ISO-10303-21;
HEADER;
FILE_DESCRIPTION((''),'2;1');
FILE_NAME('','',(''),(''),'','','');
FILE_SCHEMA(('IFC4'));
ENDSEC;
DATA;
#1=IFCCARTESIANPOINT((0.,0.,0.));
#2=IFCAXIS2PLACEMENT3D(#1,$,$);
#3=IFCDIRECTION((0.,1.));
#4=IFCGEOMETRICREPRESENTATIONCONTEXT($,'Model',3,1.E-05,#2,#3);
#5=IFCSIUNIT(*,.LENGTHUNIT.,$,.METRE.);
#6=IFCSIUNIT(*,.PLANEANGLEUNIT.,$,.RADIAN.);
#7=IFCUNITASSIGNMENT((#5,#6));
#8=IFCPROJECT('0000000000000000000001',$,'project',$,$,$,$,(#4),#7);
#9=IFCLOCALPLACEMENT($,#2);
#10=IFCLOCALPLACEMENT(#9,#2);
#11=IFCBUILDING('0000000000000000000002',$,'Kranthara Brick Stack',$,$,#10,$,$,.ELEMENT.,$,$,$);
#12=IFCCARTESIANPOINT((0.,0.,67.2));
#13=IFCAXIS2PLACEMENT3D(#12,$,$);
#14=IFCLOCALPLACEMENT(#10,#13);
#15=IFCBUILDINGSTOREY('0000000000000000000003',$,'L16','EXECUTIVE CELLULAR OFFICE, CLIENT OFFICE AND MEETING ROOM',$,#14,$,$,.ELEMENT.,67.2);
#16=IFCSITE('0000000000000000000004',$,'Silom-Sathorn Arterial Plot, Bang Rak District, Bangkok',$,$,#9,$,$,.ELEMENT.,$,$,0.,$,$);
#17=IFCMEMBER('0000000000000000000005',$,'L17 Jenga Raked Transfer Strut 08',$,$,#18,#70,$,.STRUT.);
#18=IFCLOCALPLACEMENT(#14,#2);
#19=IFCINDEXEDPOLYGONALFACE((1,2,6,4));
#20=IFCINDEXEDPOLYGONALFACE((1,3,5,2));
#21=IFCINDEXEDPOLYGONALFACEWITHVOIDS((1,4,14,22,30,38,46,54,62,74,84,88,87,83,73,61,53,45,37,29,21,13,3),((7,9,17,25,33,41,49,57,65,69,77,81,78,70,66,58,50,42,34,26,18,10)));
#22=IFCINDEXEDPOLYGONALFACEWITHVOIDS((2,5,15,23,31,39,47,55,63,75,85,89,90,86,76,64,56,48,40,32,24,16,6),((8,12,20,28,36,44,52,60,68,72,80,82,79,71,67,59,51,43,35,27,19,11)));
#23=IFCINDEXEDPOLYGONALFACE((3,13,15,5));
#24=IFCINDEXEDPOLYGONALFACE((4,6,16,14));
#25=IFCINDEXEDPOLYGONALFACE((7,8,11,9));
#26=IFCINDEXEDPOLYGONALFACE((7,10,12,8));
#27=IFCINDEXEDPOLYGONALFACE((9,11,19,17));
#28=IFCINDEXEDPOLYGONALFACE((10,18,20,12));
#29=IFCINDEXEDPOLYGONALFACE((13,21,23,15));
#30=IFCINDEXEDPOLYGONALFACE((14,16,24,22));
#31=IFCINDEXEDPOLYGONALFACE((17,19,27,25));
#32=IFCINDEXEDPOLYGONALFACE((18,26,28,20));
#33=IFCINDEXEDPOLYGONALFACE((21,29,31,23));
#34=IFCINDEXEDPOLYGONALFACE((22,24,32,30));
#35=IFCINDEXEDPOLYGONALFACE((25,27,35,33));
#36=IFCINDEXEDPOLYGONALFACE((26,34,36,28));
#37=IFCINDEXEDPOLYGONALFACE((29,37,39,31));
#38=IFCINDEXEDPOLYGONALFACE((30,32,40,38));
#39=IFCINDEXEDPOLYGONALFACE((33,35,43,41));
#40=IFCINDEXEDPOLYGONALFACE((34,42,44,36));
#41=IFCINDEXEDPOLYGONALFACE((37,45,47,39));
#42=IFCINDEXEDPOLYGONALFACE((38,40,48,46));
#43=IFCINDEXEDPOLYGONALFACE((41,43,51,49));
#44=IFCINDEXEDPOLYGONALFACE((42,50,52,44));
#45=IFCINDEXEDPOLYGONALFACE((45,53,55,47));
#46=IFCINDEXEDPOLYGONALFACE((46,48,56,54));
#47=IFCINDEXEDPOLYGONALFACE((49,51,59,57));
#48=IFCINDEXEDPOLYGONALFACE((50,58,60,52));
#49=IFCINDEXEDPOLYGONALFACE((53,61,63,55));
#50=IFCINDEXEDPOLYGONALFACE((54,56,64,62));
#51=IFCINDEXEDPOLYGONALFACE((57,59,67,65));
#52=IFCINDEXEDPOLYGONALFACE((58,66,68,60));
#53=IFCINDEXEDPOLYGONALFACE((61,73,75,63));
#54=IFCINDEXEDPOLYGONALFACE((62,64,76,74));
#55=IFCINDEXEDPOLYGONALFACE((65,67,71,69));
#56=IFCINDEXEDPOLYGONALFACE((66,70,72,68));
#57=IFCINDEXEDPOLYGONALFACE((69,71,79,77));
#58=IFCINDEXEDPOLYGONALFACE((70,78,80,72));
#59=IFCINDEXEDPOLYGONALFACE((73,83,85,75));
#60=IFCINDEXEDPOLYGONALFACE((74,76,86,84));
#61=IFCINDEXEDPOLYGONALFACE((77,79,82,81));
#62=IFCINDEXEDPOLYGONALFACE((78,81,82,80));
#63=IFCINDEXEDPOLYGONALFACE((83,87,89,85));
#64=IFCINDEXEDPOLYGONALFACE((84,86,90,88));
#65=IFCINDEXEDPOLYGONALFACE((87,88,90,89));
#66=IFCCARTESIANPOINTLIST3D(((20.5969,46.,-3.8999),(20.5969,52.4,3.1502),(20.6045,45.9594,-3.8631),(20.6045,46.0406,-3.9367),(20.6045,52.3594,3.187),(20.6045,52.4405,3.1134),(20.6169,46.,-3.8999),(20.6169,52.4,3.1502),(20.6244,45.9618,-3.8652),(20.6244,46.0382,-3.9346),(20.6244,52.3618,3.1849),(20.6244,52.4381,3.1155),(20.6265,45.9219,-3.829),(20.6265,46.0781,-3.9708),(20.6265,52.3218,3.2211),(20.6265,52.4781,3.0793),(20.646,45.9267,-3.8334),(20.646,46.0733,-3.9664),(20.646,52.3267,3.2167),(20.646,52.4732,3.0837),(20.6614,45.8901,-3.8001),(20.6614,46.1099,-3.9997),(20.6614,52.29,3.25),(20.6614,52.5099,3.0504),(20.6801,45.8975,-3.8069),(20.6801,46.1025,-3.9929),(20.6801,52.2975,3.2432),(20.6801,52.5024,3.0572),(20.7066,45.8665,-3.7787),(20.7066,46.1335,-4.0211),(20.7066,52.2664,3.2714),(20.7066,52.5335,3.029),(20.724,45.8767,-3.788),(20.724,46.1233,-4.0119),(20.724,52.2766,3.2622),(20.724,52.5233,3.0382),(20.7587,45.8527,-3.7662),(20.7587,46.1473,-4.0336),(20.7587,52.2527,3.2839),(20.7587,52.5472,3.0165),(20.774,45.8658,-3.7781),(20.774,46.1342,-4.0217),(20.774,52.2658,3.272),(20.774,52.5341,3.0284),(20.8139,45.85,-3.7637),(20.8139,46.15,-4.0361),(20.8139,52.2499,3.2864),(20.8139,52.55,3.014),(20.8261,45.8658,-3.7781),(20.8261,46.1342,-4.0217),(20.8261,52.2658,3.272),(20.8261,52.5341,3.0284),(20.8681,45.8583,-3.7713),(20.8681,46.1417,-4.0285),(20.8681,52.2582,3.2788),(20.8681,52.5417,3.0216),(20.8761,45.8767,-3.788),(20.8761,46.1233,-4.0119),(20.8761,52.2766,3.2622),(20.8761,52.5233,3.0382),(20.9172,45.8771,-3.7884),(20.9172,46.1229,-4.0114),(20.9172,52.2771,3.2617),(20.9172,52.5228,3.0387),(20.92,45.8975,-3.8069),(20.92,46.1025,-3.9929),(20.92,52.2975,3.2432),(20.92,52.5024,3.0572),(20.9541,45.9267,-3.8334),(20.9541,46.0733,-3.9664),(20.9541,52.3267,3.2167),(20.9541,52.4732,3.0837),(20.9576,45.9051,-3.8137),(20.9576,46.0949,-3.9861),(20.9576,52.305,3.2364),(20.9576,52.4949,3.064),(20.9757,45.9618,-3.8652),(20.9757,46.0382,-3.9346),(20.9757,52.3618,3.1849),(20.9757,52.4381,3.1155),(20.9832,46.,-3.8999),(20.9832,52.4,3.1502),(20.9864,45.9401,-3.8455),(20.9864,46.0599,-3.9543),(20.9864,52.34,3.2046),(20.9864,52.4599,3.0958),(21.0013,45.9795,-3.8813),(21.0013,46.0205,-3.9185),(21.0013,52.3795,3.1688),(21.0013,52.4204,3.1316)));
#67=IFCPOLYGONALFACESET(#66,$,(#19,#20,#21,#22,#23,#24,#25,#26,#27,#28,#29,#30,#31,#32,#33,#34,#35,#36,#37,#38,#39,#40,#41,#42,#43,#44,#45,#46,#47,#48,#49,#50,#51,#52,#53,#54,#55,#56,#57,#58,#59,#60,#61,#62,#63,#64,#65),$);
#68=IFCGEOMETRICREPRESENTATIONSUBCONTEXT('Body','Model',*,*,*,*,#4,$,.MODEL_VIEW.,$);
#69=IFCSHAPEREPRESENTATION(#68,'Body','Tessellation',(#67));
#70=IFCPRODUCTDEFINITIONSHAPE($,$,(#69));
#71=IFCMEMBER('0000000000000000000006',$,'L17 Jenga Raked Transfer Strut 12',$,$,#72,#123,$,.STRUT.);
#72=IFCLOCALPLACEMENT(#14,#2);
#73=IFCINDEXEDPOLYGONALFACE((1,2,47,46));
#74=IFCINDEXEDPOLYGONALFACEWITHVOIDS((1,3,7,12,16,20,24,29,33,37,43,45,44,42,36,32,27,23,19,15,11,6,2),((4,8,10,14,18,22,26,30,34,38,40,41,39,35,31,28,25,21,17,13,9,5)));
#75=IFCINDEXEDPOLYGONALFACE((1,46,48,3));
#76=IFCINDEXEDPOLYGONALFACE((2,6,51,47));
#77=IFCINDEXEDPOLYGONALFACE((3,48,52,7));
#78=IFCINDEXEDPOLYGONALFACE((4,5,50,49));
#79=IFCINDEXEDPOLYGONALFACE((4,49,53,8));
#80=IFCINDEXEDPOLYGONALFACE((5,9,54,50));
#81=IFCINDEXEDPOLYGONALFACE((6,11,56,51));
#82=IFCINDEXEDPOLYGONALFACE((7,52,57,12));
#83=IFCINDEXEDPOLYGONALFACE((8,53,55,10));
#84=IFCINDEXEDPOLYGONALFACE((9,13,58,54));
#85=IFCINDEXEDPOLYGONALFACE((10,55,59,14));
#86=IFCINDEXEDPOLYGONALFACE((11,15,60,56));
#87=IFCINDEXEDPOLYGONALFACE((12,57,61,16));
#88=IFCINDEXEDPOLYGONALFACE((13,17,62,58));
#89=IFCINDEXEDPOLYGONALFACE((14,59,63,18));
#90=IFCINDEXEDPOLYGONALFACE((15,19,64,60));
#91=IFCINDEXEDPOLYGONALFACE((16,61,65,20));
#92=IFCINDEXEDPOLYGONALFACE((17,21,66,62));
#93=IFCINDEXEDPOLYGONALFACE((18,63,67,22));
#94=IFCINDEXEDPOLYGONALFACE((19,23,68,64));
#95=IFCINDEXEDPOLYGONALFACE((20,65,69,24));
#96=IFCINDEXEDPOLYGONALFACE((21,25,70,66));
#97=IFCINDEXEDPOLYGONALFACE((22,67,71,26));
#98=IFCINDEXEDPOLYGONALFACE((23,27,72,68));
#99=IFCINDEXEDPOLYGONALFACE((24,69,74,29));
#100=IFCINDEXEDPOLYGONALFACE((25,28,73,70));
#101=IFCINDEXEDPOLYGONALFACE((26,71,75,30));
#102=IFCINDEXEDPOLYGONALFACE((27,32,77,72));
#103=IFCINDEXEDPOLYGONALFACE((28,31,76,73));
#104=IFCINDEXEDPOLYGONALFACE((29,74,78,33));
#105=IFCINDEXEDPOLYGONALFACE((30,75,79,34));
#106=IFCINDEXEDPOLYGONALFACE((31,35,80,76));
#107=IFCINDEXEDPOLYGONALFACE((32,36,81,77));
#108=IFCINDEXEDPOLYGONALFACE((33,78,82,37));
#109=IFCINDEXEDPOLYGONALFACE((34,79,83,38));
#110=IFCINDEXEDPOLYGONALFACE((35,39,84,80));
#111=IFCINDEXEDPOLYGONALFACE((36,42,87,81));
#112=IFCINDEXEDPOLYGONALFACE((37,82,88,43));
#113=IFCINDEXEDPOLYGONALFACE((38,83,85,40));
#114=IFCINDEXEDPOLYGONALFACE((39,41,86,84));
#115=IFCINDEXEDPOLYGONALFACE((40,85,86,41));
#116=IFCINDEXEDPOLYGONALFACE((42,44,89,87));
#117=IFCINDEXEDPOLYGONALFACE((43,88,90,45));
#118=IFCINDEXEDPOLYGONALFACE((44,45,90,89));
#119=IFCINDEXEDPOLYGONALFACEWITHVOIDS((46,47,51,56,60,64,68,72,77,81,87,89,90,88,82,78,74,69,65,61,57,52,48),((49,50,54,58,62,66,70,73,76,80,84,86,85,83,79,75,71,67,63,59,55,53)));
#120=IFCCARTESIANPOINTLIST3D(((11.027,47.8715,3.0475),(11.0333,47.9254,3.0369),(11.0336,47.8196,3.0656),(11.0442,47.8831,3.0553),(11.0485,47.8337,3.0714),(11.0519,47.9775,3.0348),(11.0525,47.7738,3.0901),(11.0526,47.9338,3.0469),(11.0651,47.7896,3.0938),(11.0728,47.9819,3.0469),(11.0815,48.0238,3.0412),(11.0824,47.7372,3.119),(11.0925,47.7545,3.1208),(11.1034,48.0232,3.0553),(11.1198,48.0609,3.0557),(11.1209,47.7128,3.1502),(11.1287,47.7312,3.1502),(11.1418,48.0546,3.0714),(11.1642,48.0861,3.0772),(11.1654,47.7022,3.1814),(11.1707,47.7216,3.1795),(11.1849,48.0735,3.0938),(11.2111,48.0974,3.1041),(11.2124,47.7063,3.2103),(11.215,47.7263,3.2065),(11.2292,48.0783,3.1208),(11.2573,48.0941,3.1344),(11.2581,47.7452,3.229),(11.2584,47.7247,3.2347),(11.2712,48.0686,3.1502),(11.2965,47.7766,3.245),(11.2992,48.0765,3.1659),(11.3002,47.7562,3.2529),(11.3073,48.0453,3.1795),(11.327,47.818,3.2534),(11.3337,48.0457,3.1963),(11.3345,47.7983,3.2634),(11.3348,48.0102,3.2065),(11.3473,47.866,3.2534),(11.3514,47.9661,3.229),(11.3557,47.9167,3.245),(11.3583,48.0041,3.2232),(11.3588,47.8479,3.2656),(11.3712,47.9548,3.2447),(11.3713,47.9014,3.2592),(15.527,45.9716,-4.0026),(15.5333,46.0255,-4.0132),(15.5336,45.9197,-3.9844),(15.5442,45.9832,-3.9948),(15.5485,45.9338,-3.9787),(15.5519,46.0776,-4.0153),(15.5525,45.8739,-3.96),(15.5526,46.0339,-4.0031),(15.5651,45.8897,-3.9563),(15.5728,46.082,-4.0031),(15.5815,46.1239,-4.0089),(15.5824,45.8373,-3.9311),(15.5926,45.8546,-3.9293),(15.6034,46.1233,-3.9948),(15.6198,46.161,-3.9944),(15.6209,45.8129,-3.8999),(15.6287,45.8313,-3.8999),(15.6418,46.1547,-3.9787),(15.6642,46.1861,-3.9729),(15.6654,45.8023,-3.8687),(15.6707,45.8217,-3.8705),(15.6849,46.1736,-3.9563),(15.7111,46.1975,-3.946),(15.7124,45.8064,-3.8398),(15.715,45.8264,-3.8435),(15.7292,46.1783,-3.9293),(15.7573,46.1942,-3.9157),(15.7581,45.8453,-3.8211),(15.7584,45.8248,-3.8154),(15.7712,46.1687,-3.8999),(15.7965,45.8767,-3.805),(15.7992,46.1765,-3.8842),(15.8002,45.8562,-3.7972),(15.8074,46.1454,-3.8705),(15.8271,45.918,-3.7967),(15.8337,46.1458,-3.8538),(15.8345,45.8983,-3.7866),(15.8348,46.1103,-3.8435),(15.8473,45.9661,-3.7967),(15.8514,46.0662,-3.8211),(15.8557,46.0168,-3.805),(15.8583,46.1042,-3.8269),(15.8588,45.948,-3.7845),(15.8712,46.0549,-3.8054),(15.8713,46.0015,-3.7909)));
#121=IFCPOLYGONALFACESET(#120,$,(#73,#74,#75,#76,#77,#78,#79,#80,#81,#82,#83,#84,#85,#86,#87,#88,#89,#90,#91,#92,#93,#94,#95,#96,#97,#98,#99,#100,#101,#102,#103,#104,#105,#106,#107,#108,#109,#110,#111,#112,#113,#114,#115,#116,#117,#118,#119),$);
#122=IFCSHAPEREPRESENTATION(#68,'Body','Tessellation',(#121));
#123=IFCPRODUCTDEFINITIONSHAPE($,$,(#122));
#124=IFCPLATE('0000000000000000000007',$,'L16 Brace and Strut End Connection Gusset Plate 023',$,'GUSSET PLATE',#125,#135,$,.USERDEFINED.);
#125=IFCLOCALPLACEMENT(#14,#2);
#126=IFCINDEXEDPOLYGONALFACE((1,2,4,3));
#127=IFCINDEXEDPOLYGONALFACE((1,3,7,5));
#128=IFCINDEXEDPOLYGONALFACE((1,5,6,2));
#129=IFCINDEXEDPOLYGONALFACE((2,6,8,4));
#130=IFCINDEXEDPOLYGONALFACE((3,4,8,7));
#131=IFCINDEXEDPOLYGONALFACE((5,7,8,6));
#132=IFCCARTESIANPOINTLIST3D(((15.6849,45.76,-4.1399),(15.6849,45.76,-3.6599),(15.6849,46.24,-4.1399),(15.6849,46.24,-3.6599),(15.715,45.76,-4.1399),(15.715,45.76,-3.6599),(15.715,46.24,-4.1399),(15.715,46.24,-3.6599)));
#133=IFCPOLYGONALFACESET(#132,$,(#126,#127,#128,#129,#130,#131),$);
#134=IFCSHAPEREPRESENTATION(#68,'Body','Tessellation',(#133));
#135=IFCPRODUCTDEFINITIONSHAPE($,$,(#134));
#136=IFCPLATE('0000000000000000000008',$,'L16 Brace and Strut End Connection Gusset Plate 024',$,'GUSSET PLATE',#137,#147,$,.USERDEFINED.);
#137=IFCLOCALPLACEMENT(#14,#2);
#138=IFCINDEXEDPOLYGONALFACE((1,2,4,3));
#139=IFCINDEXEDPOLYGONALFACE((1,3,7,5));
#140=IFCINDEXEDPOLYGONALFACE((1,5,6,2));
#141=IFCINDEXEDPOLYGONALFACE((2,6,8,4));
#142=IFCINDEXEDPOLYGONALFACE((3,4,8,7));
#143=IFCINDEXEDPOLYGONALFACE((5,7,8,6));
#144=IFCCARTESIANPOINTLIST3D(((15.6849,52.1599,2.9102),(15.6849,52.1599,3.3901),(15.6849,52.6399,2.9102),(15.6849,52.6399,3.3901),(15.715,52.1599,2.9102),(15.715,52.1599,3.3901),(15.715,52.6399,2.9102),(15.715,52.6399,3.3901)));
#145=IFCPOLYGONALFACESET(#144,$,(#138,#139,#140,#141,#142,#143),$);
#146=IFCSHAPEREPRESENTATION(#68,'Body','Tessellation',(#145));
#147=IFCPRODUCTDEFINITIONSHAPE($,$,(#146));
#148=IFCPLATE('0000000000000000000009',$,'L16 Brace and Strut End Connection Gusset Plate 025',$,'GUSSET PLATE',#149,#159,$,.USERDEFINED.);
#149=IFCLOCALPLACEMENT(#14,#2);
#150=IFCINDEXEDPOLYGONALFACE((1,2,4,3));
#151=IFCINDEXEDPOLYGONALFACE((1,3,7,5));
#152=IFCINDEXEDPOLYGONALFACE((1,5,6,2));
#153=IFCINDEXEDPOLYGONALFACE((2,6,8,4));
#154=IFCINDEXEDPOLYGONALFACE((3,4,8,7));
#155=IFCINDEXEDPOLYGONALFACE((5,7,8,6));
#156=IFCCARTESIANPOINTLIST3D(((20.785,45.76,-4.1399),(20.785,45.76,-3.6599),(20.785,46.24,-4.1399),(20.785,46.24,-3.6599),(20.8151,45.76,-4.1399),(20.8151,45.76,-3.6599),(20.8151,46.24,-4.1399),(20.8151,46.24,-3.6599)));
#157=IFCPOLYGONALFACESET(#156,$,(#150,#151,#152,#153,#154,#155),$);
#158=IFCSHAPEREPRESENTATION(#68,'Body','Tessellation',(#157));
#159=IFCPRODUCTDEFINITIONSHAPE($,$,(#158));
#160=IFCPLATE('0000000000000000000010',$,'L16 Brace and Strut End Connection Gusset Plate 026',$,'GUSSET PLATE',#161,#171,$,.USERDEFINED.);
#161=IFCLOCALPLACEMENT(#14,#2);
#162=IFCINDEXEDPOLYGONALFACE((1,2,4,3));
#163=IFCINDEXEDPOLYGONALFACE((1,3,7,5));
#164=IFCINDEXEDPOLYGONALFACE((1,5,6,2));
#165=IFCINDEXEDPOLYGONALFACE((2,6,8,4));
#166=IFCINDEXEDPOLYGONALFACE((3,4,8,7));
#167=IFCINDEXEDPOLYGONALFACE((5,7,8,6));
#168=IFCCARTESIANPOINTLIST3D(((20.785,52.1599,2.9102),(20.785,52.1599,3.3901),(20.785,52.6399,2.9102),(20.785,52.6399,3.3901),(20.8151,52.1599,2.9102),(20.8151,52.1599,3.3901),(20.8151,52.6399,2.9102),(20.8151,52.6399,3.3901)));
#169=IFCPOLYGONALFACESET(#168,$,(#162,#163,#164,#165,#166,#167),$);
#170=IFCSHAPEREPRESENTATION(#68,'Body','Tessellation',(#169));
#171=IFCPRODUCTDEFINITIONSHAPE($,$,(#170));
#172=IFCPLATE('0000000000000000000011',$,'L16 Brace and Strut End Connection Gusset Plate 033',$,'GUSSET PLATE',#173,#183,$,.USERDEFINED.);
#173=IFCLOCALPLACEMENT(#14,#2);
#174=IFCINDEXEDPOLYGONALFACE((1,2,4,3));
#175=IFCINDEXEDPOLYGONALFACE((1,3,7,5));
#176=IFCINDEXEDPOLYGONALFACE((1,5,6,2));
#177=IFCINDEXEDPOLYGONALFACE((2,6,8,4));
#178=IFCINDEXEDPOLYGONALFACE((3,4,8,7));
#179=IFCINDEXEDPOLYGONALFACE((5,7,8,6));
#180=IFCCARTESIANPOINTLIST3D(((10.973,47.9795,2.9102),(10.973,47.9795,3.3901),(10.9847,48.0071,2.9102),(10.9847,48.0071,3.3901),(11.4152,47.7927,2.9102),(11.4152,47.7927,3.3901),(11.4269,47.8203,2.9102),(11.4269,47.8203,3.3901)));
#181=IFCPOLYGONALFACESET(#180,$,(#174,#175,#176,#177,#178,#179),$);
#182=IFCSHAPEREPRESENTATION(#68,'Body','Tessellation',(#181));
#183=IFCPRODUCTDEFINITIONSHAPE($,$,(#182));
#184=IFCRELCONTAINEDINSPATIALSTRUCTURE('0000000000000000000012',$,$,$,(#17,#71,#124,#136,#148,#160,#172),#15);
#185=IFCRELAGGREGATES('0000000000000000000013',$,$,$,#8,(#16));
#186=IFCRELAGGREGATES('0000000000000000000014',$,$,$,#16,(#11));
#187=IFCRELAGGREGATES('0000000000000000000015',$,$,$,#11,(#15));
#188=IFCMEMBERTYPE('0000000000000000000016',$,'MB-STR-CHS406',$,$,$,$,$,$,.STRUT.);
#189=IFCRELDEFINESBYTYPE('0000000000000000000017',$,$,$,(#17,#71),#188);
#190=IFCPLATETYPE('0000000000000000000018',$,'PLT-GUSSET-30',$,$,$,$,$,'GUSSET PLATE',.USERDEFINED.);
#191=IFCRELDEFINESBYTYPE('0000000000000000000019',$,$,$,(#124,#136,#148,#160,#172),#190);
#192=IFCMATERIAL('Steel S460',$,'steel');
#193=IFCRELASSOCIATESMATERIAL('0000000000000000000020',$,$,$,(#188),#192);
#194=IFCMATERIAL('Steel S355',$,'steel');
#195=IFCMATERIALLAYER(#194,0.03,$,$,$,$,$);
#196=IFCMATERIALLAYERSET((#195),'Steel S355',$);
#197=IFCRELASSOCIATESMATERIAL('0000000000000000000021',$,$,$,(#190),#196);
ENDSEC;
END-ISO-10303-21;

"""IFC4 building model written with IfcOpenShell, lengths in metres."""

from ifc_helpers import new_model, si_unit, direction, frame, origin, origin_2d, place, context, subcontext, project, spatial, rectangle, hollow_circle, extrude, material, layer, layer_set, material_profile, profile_set, type_object, element, save


model = new_model("IFC4")

# Units and contexts
model_context = context("Model", 3, precision=1e-05, world=origin(), true_north=direction((0.0, 1.0)))
body_context = subcontext(model_context, "Body", "Model", "MODEL_VIEW")
ifc_project = project(units=[si_unit("LENGTHUNIT", "METRE"), si_unit("PLANEANGLEUNIT", "RADIAN")], contexts=[model_context])

# Site, building, storey
site_placement = place(None, origin())
site = spatial("IfcSite", under=ifc_project, at=site_placement, Name="Silom-Sathorn Arterial Plot, Bang Rak District, Bangkok", CompositionType="ELEMENT", RefElevation=0.0)
building_placement = place(site_placement, origin())
building = spatial("IfcBuilding", under=site, at=building_placement, Name="Kranthara Brick Stack", CompositionType="ELEMENT")
storey_placement = place(building_placement, frame((0.0, 0.0, 67.2)))
storey = spatial("IfcBuildingStorey", under=building, at=storey_placement, Name="L16", Description="EXECUTIVE CELLULAR OFFICE, CLIENT OFFICE AND MEETING ROOM", CompositionType="ELEMENT", Elevation=67.2)

# Members
ifc_material_1 = material(Name="Steel S460", Category="steel")
ifc_material_profile_1 = material_profile(ifc_material_1, hollow_circle(Radius=0.2031, WallThickness=0.02, at=origin_2d()), Name="CHS 406.4x20")
ifc_profile_set_1 = profile_set([ifc_material_profile_1], Name="Steel S460")
member_type = type_object("IfcMemberType", Name="MB-STR-CHS406", PredefinedType="STRUT", material=ifc_profile_set_1)
for number, where, z_axis, x_axis, name in (
    (1, (20.8, 46.0, -3.8999), (0.0, 0.672142, 0.740423), (-1.0, 0.0, 0.0), "L17 Jenga Raked Transfer Strut 08"),
):
    element("IfcMember", number, at=place(storey_placement, frame(where, z_axis=z_axis, x_axis=x_axis)), inside=storey, type_object=member_type, Name=name, PredefinedType="STRUT", context=body_context, shape_type="SweptSolid", body=[
        extrude(hollow_circle(Radius=0.2031, WallThickness=0.02, at=origin_2d()), origin(), (0.0, 0.0, 1.0), 9.5217),
    ])
member_placement = place(storey_placement, frame((15.7, 46.0, -3.8999), z_axis=(-0.524667, 0.221514, 0.821983), x_axis=(-0.388955, -0.921257, 0.0)))
element("IfcMember", 2, at=member_placement, inside=storey, type_object=member_type, Name="L17 Jenga Raked Transfer Strut 12", PredefinedType="STRUT", context=body_context, shape_type="SweptSolid", body=[
    extrude(hollow_circle(Radius=0.2031, WallThickness=0.02, at=origin_2d()), origin(), (0.0, 0.0, 1.0), 8.5769),
])

# Plates
ifc_material_2 = material(Name="Steel S355", Category="steel")
ifc_layer_1 = layer(ifc_material_2, 0.03)
ifc_layer_set_1 = layer_set([ifc_layer_1], Name="Steel S355")
plate_type = type_object("IfcPlateType", Name="PLT-GUSSET-30", ElementType="GUSSET PLATE", PredefinedType="USERDEFINED", material=ifc_layer_set_1)
for number, where, z_axis, x_axis, name in (
    (3, (15.7, 46.0, -4.1399), (0.0, 0.0, 1.0), (0.0, 1.0, 0.0), "L16 Brace and Strut End Connection Gusset Plate 023"),
    (4, (15.7, 52.3999, 2.9102), (0.0, 0.0, 1.0), (0.0, 1.0, 0.0), "L16 Brace and Strut End Connection Gusset Plate 024"),
    (5, (20.8, 46.0, -4.1399), (0.0, 0.0, 1.0), (0.0, 1.0, 0.0), "L16 Brace and Strut End Connection Gusset Plate 025"),
    (6, (20.8, 52.3999, 2.9102), (0.0, 0.0, 1.0), (0.0, 1.0, 0.0), "L16 Brace and Strut End Connection Gusset Plate 026"),
    (7, (11.2, 47.8999, 2.9102), (0.0, 0.0, 1.0), (-0.921185, 0.389124, 0.0), "L16 Brace and Strut End Connection Gusset Plate 033"),
):
    element("IfcPlate", number, at=place(storey_placement, frame(where, z_axis=z_axis, x_axis=x_axis)), inside=storey, type_object=plate_type, Name=name, ObjectType="GUSSET PLATE", PredefinedType="USERDEFINED", context=body_context, shape_type="SweptSolid", body=[
        extrude(rectangle(XDim=0.48, YDim=0.03, at=origin_2d()), origin(), (0.0, 0.0, 1.0), 0.48),
    ])

save(model, "model.ifc")
